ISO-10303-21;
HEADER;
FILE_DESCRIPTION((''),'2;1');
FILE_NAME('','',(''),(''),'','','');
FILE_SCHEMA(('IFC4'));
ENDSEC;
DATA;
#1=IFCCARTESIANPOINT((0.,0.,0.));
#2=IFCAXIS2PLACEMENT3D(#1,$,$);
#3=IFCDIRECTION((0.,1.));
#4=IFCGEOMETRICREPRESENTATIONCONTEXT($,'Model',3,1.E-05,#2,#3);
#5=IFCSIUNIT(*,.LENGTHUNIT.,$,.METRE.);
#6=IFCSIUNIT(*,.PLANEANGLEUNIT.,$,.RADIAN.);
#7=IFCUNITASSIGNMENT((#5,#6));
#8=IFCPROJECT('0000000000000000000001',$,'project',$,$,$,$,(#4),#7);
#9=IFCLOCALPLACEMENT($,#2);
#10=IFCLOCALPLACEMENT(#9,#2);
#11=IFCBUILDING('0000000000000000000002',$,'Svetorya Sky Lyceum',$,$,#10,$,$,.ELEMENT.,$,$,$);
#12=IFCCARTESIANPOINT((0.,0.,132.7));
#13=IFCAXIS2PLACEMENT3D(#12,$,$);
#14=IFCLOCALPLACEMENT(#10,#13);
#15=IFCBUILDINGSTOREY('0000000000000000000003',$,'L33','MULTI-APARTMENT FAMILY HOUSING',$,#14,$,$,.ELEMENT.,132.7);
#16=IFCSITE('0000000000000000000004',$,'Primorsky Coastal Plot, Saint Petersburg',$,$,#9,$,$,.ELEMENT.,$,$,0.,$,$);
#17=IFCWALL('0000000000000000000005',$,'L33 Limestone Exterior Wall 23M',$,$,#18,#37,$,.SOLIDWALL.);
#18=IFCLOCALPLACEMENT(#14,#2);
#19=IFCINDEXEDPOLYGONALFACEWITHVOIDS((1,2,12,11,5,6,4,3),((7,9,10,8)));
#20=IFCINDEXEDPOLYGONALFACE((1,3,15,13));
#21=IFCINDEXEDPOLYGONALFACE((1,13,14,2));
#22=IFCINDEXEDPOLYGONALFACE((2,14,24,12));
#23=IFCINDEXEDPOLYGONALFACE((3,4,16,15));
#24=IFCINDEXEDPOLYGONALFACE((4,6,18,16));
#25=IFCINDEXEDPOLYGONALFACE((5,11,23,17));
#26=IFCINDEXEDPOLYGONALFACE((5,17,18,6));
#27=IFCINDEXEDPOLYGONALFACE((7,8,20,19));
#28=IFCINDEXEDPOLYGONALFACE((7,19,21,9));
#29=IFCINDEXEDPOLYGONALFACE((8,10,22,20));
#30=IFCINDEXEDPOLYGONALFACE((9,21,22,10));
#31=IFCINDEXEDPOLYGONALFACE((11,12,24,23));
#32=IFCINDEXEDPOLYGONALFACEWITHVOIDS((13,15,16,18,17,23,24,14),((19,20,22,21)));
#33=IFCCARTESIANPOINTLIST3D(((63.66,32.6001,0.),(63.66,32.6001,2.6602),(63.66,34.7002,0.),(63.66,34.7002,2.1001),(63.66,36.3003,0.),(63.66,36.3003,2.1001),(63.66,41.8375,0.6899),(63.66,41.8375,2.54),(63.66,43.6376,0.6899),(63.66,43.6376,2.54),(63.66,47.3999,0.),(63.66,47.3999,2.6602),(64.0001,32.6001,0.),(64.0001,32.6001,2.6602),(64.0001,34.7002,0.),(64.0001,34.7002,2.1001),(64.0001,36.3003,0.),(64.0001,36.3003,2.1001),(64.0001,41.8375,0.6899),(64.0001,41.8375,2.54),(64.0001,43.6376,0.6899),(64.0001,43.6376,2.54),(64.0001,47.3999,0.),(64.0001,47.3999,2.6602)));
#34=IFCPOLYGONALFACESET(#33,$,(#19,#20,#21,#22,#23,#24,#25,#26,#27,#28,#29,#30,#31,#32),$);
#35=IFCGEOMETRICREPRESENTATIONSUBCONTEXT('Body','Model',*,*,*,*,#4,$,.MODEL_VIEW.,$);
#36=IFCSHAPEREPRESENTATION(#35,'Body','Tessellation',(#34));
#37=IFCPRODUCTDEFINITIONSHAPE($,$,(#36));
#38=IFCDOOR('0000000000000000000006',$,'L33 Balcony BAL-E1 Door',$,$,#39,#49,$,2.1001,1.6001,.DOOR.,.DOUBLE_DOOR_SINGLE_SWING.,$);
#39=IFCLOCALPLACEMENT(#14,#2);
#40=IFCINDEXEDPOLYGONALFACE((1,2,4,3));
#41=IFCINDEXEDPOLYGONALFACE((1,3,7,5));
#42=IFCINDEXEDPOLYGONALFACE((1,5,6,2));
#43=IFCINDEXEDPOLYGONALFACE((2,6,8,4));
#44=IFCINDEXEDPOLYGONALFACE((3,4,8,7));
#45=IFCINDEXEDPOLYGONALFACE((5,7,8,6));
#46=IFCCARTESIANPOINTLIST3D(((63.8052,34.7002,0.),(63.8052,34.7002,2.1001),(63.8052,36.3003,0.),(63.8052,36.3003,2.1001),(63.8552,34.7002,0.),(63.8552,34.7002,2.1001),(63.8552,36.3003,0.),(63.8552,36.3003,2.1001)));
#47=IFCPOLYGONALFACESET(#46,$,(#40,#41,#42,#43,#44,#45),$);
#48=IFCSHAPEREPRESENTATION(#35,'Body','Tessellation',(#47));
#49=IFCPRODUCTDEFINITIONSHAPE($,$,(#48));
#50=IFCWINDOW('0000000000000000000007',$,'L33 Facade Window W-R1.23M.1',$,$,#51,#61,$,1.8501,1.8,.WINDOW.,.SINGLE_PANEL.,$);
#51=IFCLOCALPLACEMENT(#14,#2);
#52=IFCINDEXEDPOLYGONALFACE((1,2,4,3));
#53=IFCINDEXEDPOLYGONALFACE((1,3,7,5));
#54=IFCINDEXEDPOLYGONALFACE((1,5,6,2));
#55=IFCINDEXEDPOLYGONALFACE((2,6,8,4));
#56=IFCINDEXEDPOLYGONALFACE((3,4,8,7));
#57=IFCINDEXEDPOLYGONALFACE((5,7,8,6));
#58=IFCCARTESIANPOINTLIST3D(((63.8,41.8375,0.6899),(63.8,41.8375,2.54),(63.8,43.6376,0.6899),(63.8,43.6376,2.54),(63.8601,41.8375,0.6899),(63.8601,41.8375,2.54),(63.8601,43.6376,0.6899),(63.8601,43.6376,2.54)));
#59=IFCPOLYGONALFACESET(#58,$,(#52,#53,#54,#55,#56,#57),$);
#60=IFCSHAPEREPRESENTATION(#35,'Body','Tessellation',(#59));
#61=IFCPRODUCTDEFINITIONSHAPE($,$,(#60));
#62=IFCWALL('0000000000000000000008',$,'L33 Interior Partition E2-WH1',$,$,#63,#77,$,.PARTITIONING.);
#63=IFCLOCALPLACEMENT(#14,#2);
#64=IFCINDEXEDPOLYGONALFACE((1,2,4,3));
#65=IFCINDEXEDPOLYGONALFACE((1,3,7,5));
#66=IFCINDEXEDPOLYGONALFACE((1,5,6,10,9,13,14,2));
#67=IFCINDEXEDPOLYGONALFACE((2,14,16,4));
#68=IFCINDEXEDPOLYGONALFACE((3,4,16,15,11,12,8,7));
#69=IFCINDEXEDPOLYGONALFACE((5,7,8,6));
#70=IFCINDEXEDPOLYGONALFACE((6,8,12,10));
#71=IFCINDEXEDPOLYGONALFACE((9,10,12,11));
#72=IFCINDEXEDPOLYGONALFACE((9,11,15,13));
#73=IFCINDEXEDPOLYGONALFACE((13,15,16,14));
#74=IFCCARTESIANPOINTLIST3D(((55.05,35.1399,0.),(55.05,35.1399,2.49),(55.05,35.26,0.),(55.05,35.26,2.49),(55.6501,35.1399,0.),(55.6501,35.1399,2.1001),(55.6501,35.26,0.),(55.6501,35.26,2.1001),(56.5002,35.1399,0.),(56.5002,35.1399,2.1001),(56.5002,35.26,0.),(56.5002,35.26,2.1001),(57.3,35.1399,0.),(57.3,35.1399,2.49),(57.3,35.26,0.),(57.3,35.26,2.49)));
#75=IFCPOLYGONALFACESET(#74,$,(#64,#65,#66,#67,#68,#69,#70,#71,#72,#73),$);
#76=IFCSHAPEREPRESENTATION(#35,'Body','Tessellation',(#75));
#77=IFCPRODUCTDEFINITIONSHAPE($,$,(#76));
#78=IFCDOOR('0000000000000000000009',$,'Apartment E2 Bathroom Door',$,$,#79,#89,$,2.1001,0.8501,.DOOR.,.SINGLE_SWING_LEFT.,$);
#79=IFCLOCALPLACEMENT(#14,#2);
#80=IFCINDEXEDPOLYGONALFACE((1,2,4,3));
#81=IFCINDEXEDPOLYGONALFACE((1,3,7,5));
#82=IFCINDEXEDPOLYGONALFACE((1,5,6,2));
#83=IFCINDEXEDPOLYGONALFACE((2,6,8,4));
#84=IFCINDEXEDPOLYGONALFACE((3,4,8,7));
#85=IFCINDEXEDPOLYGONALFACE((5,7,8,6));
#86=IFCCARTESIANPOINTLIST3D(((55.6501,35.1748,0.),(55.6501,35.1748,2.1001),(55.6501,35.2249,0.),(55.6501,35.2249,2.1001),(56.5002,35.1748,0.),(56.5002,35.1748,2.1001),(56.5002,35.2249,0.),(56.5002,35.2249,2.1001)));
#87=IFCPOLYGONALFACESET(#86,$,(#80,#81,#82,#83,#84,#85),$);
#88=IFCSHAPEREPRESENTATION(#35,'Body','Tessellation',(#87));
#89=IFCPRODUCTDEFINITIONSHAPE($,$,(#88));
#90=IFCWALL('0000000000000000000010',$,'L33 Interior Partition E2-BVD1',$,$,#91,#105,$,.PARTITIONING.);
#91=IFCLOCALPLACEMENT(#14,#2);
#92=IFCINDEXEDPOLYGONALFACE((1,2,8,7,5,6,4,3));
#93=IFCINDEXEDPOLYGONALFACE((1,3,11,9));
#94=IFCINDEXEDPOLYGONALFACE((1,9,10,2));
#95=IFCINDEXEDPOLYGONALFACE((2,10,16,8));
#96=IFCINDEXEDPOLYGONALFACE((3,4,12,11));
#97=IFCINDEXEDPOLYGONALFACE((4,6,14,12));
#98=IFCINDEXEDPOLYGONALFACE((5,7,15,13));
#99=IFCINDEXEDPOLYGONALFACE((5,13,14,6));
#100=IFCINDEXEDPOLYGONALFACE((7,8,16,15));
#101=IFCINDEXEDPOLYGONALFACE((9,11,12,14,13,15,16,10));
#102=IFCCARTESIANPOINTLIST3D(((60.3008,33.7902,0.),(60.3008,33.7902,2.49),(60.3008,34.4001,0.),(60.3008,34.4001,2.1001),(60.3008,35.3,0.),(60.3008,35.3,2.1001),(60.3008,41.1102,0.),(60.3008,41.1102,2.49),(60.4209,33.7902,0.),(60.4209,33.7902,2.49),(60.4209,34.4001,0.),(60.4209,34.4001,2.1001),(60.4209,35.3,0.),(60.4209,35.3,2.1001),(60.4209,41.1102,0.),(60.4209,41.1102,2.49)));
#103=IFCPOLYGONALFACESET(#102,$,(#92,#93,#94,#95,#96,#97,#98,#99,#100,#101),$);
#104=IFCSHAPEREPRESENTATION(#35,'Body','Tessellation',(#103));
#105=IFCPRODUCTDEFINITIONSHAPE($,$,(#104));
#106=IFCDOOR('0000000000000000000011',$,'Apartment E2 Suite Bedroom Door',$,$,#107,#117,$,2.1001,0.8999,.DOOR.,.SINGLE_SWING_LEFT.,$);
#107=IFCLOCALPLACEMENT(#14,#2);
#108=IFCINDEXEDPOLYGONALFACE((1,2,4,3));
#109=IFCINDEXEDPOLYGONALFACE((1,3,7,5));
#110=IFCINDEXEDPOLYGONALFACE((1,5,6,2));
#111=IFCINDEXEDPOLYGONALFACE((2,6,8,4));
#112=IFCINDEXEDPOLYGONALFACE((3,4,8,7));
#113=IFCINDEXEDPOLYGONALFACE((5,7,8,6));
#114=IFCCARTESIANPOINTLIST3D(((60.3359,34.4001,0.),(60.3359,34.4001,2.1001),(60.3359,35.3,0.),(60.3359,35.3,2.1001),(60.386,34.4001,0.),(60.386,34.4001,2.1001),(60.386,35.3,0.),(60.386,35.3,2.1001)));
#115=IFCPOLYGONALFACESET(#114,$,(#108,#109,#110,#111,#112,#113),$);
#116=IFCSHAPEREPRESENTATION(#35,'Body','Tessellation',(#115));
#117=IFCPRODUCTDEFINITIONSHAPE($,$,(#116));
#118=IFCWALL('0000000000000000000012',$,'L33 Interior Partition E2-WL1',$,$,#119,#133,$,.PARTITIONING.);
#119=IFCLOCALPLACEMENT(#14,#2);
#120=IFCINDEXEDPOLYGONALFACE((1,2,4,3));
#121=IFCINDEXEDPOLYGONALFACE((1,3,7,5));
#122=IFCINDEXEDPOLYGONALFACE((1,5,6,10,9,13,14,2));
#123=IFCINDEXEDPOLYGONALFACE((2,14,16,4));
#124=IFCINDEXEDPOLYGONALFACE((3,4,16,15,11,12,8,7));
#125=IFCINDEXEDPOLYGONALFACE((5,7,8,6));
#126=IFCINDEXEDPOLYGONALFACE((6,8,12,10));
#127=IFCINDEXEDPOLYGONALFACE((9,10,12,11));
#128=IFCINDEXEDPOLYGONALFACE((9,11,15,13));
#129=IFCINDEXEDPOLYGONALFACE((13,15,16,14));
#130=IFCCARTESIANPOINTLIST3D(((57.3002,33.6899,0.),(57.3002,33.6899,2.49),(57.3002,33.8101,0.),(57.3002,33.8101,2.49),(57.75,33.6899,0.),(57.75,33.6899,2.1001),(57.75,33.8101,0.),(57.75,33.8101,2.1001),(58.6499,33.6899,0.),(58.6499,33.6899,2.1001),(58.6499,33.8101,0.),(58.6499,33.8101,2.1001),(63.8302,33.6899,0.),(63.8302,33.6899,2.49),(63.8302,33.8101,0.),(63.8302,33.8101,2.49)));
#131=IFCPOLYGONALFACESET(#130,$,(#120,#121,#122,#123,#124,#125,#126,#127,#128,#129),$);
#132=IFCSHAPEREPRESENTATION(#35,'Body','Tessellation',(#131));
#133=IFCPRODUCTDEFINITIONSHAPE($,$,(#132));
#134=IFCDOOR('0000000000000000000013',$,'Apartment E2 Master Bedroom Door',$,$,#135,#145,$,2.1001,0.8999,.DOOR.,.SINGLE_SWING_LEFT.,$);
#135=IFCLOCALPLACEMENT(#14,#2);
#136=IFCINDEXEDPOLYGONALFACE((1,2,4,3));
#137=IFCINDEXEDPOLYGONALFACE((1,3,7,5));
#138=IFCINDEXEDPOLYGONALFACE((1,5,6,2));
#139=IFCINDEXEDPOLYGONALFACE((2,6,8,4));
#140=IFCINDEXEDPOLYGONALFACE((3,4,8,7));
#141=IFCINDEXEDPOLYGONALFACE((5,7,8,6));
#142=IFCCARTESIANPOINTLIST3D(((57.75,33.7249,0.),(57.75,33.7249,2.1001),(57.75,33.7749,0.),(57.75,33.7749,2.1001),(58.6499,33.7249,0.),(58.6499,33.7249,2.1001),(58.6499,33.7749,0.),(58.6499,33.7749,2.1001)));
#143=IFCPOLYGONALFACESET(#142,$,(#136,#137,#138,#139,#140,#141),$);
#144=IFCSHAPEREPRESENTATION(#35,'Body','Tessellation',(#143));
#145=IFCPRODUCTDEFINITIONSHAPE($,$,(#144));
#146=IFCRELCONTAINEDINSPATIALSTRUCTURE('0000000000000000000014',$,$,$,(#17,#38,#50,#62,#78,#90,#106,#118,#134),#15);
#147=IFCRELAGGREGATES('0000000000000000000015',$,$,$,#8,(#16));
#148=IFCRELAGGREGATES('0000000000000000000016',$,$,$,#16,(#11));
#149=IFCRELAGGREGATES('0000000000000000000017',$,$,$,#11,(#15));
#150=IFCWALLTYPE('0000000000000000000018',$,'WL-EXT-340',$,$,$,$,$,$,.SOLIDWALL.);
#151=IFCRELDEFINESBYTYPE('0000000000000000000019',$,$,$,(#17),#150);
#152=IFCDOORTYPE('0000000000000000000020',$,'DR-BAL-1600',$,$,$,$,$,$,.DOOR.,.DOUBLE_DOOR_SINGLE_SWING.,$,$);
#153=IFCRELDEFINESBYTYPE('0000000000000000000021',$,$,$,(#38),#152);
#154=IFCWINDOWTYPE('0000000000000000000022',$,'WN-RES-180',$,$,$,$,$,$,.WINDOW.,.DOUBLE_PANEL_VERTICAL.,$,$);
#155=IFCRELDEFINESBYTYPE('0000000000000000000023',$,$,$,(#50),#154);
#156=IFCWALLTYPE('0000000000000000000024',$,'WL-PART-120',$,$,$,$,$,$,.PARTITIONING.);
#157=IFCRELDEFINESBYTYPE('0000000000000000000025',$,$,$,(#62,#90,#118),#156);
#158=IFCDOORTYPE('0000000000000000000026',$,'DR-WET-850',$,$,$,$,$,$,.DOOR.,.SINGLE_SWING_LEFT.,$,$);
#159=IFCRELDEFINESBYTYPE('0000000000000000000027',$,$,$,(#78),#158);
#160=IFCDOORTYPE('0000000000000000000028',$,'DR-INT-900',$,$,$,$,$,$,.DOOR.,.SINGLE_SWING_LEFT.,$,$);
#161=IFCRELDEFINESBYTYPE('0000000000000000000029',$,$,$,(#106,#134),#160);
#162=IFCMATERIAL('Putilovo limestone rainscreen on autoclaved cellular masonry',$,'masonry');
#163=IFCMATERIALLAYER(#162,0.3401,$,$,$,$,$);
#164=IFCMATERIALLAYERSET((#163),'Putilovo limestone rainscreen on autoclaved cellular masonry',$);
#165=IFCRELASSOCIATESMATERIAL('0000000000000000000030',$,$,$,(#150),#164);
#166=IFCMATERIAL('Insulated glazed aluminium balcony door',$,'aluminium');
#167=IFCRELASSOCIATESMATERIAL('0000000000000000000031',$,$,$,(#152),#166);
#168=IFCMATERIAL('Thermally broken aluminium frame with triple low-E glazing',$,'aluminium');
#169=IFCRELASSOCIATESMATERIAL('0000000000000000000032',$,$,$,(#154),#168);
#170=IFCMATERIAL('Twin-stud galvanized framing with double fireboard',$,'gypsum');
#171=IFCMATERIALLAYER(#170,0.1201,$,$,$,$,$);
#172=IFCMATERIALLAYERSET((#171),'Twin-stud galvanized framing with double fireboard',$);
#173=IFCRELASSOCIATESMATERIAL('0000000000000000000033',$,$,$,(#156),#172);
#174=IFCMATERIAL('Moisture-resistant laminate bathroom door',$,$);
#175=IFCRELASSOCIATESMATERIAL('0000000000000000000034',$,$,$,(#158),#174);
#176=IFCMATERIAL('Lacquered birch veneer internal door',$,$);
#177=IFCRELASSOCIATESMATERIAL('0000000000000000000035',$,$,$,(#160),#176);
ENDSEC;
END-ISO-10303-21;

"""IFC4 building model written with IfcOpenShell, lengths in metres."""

from ifc_helpers import new_model, si_unit, direction, frame, frame_2d, origin, place, context, subcontext, project, spatial, rectangle, extrude, material, layer, layer_set, type_object, element, fill, save


model = new_model("IFC4")

# Units and contexts
model_context = context("Model", 3, precision=1e-05, world=origin(), true_north=direction((0.0, 1.0)))
body_context = subcontext(model_context, "Body", "Model", "MODEL_VIEW")
ifc_project = project(units=[si_unit("LENGTHUNIT", "METRE"), si_unit("PLANEANGLEUNIT", "RADIAN")], contexts=[model_context])

# Site, building, storey
site_placement = place(None, origin())
site = spatial("IfcSite", under=ifc_project, at=site_placement, Name="Primorsky Coastal Plot, Saint Petersburg", CompositionType="ELEMENT", RefElevation=0.0)
building_placement = place(site_placement, origin())
building = spatial("IfcBuilding", under=site, at=building_placement, Name="Svetorya Sky Lyceum", CompositionType="ELEMENT")
storey_placement = place(building_placement, frame((0.0, 0.0, 132.7)))
storey = spatial("IfcBuildingStorey", under=building, at=storey_placement, Name="L33", Description="MULTI-APARTMENT FAMILY HOUSING", CompositionType="ELEMENT", Elevation=132.7)

# Shared definitions
ifc_material_1 = material(Name="Putilovo limestone rainscreen on autoclaved cellular masonry", Category="masonry")
ifc_layer_1 = layer(ifc_material_1, 0.3401)
ifc_layer_set_1 = layer_set([ifc_layer_1], Name="Putilovo limestone rainscreen on autoclaved cellular masonry")
wall_type_1 = type_object("IfcWallType", Name="WL-EXT-340", PredefinedType="SOLIDWALL", material=ifc_layer_set_1)

# Shared definitions
ifc_material_2 = material(Name="Thermally broken aluminium frame with triple low-E glazing", Category="aluminium")

# Wall, openings, door, window
wall_1_placement = place(storey_placement, frame((63.8301, 32.6001, 0.0), z_axis=(0.0, 0.0, 1.0), x_axis=(0.0, 1.0, 0.0)))
wall_1 = element("IfcWall", 1, at=wall_1_placement, inside=storey, type_object=wall_type_1, Name="L33 Limestone Exterior Wall 23M", PredefinedType="SOLIDWALL", context=body_context, shape_type="SweptSolid", body=[
    extrude(rectangle(XDim=14.7998, YDim=0.3401, at=frame_2d((7.3999, 0.0))), origin(), (0.0, 0.0, 1.0), 2.6602),
])
opening_1_placement = place(wall_1_placement, frame((2.1001, 0.0, 0.0)))
opening_1 = element("IfcOpeningElement", 2, at=opening_1_placement, cuts=wall_1, PredefinedType="OPENING", context=body_context, shape_type="SweptSolid", body=[
    extrude(rectangle(XDim=1.6001, YDim=2.1001, at=frame_2d((0.8, 1.05))), frame((0.0, 0.1799, 0.0), z_axis=(0.0, -1.0, 0.0), x_axis=(1.0, 0.0, 0.0)), (0.0, 0.0, 1.0), 0.3601),
])
opening_2_placement = place(wall_1_placement, frame((9.2375, 0.0, 0.6899)))
opening_2 = element("IfcOpeningElement", 3, at=opening_2_placement, cuts=wall_1, PredefinedType="OPENING", context=body_context, shape_type="SweptSolid", body=[
    extrude(rectangle(XDim=1.8, YDim=1.8501, at=frame_2d((0.8999, 0.925))), frame((0.0, 0.1799, 0.0), z_axis=(0.0, -1.0, 0.0), x_axis=(1.0, 0.0, 0.0)), (0.0, 0.0, 1.0), 0.3601),
])
ifc_material_3 = material(Name="Insulated glazed aluminium balcony door", Category="aluminium")
door_type_1 = type_object("IfcDoorType", Name="DR-BAL-1600", OperationType="DOUBLE_DOOR_SINGLE_SWING", PredefinedType="DOOR", material=ifc_material_3)
door_1_placement = place(opening_1_placement, origin())
door_1 = element("IfcDoor", 4, at=door_1_placement, inside=storey, type_object=door_type_1, Name="L33 Balcony BAL-E1 Door", OperationType="DOUBLE_DOOR_SINGLE_SWING", OverallHeight=2.1001, OverallWidth=1.6001, PredefinedType="DOOR", context=body_context, shape_type="SweptSolid", body=[
    extrude(rectangle(XDim=1.6001, YDim=2.1001, at=frame_2d((0.8, 1.05))), frame((0.0, 0.0249, 0.0), z_axis=(0.0, -1.0, 0.0), x_axis=(1.0, 0.0, 0.0)), (0.0, 0.0, 1.0), 0.05),
])
fill(opening_1, door_1)
window_type_1 = type_object("IfcWindowType", Name="WN-RES-180", PartitioningType="DOUBLE_PANEL_VERTICAL", PredefinedType="WINDOW", material=ifc_material_2)
window_1_placement = place(opening_2_placement, origin())
window_1 = element("IfcWindow", 5, at=window_1_placement, inside=storey, type_object=window_type_1, Name="L33 Facade Window W-R1.23M.1", OverallHeight=1.8501, OverallWidth=1.8, PartitioningType="SINGLE_PANEL", PredefinedType="WINDOW", context=body_context, shape_type="SweptSolid", body=[
    extrude(rectangle(XDim=1.8, YDim=1.8501, at=frame_2d((0.8999, 0.925))), frame((0.0, 0.03, 0.0), z_axis=(0.0, -1.0, 0.0), x_axis=(1.0, 0.0, 0.0)), (0.0, 0.0, 1.0), 0.0601),
])
fill(opening_2, window_1)

# Walls, openings, doors
ifc_material_4 = material(Name="Twin-stud galvanized framing with double fireboard", Category="gypsum")
ifc_layer_2 = layer(ifc_material_4, 0.1201)
ifc_layer_set_2 = layer_set([ifc_layer_2], Name="Twin-stud galvanized framing with double fireboard")
wall_type_2 = type_object("IfcWallType", Name="WL-PART-120", PredefinedType="PARTITIONING", material=ifc_layer_set_2)
wall_2_placement = place(storey_placement, frame((55.05, 35.2, 0.0), z_axis=(0.0, 0.0, 1.0), x_axis=(1.0, 0.0, 0.0)))
wall_2 = element("IfcWall", 6, at=wall_2_placement, inside=storey, type_object=wall_type_2, Name="L33 Interior Partition E2-WH1", PredefinedType="PARTITIONING", context=body_context, shape_type="SweptSolid", body=[
    extrude(rectangle(XDim=2.25, YDim=0.1201, at=frame_2d((1.125, 0.0))), origin(), (0.0, 0.0, 1.0), 2.49),
])
opening_3_placement = place(wall_2_placement, frame((0.6001, 0.0, 0.0)))
opening_3 = element("IfcOpeningElement", 7, at=opening_3_placement, cuts=wall_2, PredefinedType="OPENING", context=body_context, shape_type="SweptSolid", body=[
    extrude(rectangle(XDim=0.8501, YDim=2.1001, at=frame_2d((0.425, 1.05))), frame((0.0, 0.0701, 0.0), z_axis=(0.0, -1.0, 0.0), x_axis=(1.0, 0.0, 0.0)), (0.0, 0.0, 1.0), 0.1401),
])
ifc_material_5 = material(Name="Moisture-resistant laminate bathroom door")
door_type_2 = type_object("IfcDoorType", Name="DR-WET-850", OperationType="SINGLE_SWING_LEFT", PredefinedType="DOOR", material=ifc_material_5)
door_2_placement = place(opening_3_placement, origin())
door_2 = element("IfcDoor", 8, at=door_2_placement, inside=storey, type_object=door_type_2, Name="Apartment E2 Bathroom Door", OperationType="SINGLE_SWING_LEFT", OverallHeight=2.1001, OverallWidth=0.8501, PredefinedType="DOOR", context=body_context, shape_type="SweptSolid", body=[
    extrude(rectangle(XDim=0.8501, YDim=2.1001, at=frame_2d((0.425, 1.05))), frame((0.0, 0.0249, 0.0), z_axis=(0.0, -1.0, 0.0), x_axis=(1.0, 0.0, 0.0)), (0.0, 0.0, 1.0), 0.05),
])
fill(opening_3, door_2)
wall_3_placement = place(storey_placement, frame((60.3608, 33.79, 0.0), z_axis=(0.0, 0.0, 1.0), x_axis=(0.0, 1.0, 0.0)))
wall_3 = element("IfcWall", 9, at=wall_3_placement, inside=storey, type_object=wall_type_2, Name="L33 Interior Partition E2-BVD1", PredefinedType="PARTITIONING", context=body_context, shape_type="SweptSolid", body=[
    extrude(rectangle(XDim=7.3201, YDim=0.1201, at=frame_2d((3.6602, 0.0))), origin(), (0.0, 0.0, 1.0), 2.49),
])
opening_4_placement = place(wall_3_placement, frame((0.6101, 0.0, 0.0)))
opening_4 = element("IfcOpeningElement", 10, at=opening_4_placement, cuts=wall_3, PredefinedType="OPENING", context=body_context, shape_type="SweptSolid", body=[
    extrude(rectangle(XDim=0.8999, YDim=2.1001, at=frame_2d((0.45, 1.05))), frame((0.0, 0.0701, 0.0), z_axis=(0.0, -1.0, 0.0), x_axis=(1.0, 0.0, 0.0)), (0.0, 0.0, 1.0), 0.1401),
])
ifc_material_6 = material(Name="Lacquered birch veneer internal door")
door_type_3 = type_object("IfcDoorType", Name="DR-INT-900", OperationType="SINGLE_SWING_LEFT", PredefinedType="DOOR", material=ifc_material_6)
door_3_placement = place(opening_4_placement, origin())
door_3 = element("IfcDoor", 11, at=door_3_placement, inside=storey, type_object=door_type_3, Name="Apartment E2 Suite Bedroom Door", OperationType="SINGLE_SWING_LEFT", OverallHeight=2.1001, OverallWidth=0.8999, PredefinedType="DOOR", context=body_context, shape_type="SweptSolid", body=[
    extrude(rectangle(XDim=0.8999, YDim=2.1001, at=frame_2d((0.45, 1.05))), frame((0.0, 0.0249, 0.0), z_axis=(0.0, -1.0, 0.0), x_axis=(1.0, 0.0, 0.0)), (0.0, 0.0, 1.0), 0.05),
])
fill(opening_4, door_3)
wall_4_placement = place(storey_placement, frame((57.3, 33.75, 0.0), z_axis=(0.0, 0.0, 1.0), x_axis=(1.0, 0.0, 0.0)))
wall_4 = element("IfcWall", 12, at=wall_4_placement, inside=storey, type_object=wall_type_2, Name="L33 Interior Partition E2-WL1", PredefinedType="PARTITIONING", context=body_context, shape_type="SweptSolid", body=[
    extrude(rectangle(XDim=6.53, YDim=0.1201, at=frame_2d((3.2651, 0.0))), origin(), (0.0, 0.0, 1.0), 2.49),
])
opening_5_placement = place(wall_4_placement, frame((0.45, 0.0, 0.0)))
opening_5 = element("IfcOpeningElement", 13, at=opening_5_placement, cuts=wall_4, PredefinedType="OPENING", context=body_context, shape_type="SweptSolid", body=[
    extrude(rectangle(XDim=0.8999, YDim=2.1001, at=frame_2d((0.45, 1.05))), frame((0.0, 0.0701, 0.0), z_axis=(0.0, -1.0, 0.0), x_axis=(1.0, 0.0, 0.0)), (0.0, 0.0, 1.0), 0.1401),
])
door_4_placement = place(opening_5_placement, origin())
door_4 = element("IfcDoor", 14, at=door_4_placement, inside=storey, type_object=door_type_3, Name="Apartment E2 Master Bedroom Door", OperationType="SINGLE_SWING_LEFT", OverallHeight=2.1001, OverallWidth=0.8999, PredefinedType="DOOR", context=body_context, shape_type="SweptSolid", body=[
    extrude(rectangle(XDim=0.8999, YDim=2.1001, at=frame_2d((0.45, 1.05))), frame((0.0, 0.0249, 0.0), z_axis=(0.0, -1.0, 0.0), x_axis=(1.0, 0.0, 0.0)), (0.0, 0.0, 1.0), 0.05),
])
fill(opening_5, door_4)

save(model, "model.ifc")
